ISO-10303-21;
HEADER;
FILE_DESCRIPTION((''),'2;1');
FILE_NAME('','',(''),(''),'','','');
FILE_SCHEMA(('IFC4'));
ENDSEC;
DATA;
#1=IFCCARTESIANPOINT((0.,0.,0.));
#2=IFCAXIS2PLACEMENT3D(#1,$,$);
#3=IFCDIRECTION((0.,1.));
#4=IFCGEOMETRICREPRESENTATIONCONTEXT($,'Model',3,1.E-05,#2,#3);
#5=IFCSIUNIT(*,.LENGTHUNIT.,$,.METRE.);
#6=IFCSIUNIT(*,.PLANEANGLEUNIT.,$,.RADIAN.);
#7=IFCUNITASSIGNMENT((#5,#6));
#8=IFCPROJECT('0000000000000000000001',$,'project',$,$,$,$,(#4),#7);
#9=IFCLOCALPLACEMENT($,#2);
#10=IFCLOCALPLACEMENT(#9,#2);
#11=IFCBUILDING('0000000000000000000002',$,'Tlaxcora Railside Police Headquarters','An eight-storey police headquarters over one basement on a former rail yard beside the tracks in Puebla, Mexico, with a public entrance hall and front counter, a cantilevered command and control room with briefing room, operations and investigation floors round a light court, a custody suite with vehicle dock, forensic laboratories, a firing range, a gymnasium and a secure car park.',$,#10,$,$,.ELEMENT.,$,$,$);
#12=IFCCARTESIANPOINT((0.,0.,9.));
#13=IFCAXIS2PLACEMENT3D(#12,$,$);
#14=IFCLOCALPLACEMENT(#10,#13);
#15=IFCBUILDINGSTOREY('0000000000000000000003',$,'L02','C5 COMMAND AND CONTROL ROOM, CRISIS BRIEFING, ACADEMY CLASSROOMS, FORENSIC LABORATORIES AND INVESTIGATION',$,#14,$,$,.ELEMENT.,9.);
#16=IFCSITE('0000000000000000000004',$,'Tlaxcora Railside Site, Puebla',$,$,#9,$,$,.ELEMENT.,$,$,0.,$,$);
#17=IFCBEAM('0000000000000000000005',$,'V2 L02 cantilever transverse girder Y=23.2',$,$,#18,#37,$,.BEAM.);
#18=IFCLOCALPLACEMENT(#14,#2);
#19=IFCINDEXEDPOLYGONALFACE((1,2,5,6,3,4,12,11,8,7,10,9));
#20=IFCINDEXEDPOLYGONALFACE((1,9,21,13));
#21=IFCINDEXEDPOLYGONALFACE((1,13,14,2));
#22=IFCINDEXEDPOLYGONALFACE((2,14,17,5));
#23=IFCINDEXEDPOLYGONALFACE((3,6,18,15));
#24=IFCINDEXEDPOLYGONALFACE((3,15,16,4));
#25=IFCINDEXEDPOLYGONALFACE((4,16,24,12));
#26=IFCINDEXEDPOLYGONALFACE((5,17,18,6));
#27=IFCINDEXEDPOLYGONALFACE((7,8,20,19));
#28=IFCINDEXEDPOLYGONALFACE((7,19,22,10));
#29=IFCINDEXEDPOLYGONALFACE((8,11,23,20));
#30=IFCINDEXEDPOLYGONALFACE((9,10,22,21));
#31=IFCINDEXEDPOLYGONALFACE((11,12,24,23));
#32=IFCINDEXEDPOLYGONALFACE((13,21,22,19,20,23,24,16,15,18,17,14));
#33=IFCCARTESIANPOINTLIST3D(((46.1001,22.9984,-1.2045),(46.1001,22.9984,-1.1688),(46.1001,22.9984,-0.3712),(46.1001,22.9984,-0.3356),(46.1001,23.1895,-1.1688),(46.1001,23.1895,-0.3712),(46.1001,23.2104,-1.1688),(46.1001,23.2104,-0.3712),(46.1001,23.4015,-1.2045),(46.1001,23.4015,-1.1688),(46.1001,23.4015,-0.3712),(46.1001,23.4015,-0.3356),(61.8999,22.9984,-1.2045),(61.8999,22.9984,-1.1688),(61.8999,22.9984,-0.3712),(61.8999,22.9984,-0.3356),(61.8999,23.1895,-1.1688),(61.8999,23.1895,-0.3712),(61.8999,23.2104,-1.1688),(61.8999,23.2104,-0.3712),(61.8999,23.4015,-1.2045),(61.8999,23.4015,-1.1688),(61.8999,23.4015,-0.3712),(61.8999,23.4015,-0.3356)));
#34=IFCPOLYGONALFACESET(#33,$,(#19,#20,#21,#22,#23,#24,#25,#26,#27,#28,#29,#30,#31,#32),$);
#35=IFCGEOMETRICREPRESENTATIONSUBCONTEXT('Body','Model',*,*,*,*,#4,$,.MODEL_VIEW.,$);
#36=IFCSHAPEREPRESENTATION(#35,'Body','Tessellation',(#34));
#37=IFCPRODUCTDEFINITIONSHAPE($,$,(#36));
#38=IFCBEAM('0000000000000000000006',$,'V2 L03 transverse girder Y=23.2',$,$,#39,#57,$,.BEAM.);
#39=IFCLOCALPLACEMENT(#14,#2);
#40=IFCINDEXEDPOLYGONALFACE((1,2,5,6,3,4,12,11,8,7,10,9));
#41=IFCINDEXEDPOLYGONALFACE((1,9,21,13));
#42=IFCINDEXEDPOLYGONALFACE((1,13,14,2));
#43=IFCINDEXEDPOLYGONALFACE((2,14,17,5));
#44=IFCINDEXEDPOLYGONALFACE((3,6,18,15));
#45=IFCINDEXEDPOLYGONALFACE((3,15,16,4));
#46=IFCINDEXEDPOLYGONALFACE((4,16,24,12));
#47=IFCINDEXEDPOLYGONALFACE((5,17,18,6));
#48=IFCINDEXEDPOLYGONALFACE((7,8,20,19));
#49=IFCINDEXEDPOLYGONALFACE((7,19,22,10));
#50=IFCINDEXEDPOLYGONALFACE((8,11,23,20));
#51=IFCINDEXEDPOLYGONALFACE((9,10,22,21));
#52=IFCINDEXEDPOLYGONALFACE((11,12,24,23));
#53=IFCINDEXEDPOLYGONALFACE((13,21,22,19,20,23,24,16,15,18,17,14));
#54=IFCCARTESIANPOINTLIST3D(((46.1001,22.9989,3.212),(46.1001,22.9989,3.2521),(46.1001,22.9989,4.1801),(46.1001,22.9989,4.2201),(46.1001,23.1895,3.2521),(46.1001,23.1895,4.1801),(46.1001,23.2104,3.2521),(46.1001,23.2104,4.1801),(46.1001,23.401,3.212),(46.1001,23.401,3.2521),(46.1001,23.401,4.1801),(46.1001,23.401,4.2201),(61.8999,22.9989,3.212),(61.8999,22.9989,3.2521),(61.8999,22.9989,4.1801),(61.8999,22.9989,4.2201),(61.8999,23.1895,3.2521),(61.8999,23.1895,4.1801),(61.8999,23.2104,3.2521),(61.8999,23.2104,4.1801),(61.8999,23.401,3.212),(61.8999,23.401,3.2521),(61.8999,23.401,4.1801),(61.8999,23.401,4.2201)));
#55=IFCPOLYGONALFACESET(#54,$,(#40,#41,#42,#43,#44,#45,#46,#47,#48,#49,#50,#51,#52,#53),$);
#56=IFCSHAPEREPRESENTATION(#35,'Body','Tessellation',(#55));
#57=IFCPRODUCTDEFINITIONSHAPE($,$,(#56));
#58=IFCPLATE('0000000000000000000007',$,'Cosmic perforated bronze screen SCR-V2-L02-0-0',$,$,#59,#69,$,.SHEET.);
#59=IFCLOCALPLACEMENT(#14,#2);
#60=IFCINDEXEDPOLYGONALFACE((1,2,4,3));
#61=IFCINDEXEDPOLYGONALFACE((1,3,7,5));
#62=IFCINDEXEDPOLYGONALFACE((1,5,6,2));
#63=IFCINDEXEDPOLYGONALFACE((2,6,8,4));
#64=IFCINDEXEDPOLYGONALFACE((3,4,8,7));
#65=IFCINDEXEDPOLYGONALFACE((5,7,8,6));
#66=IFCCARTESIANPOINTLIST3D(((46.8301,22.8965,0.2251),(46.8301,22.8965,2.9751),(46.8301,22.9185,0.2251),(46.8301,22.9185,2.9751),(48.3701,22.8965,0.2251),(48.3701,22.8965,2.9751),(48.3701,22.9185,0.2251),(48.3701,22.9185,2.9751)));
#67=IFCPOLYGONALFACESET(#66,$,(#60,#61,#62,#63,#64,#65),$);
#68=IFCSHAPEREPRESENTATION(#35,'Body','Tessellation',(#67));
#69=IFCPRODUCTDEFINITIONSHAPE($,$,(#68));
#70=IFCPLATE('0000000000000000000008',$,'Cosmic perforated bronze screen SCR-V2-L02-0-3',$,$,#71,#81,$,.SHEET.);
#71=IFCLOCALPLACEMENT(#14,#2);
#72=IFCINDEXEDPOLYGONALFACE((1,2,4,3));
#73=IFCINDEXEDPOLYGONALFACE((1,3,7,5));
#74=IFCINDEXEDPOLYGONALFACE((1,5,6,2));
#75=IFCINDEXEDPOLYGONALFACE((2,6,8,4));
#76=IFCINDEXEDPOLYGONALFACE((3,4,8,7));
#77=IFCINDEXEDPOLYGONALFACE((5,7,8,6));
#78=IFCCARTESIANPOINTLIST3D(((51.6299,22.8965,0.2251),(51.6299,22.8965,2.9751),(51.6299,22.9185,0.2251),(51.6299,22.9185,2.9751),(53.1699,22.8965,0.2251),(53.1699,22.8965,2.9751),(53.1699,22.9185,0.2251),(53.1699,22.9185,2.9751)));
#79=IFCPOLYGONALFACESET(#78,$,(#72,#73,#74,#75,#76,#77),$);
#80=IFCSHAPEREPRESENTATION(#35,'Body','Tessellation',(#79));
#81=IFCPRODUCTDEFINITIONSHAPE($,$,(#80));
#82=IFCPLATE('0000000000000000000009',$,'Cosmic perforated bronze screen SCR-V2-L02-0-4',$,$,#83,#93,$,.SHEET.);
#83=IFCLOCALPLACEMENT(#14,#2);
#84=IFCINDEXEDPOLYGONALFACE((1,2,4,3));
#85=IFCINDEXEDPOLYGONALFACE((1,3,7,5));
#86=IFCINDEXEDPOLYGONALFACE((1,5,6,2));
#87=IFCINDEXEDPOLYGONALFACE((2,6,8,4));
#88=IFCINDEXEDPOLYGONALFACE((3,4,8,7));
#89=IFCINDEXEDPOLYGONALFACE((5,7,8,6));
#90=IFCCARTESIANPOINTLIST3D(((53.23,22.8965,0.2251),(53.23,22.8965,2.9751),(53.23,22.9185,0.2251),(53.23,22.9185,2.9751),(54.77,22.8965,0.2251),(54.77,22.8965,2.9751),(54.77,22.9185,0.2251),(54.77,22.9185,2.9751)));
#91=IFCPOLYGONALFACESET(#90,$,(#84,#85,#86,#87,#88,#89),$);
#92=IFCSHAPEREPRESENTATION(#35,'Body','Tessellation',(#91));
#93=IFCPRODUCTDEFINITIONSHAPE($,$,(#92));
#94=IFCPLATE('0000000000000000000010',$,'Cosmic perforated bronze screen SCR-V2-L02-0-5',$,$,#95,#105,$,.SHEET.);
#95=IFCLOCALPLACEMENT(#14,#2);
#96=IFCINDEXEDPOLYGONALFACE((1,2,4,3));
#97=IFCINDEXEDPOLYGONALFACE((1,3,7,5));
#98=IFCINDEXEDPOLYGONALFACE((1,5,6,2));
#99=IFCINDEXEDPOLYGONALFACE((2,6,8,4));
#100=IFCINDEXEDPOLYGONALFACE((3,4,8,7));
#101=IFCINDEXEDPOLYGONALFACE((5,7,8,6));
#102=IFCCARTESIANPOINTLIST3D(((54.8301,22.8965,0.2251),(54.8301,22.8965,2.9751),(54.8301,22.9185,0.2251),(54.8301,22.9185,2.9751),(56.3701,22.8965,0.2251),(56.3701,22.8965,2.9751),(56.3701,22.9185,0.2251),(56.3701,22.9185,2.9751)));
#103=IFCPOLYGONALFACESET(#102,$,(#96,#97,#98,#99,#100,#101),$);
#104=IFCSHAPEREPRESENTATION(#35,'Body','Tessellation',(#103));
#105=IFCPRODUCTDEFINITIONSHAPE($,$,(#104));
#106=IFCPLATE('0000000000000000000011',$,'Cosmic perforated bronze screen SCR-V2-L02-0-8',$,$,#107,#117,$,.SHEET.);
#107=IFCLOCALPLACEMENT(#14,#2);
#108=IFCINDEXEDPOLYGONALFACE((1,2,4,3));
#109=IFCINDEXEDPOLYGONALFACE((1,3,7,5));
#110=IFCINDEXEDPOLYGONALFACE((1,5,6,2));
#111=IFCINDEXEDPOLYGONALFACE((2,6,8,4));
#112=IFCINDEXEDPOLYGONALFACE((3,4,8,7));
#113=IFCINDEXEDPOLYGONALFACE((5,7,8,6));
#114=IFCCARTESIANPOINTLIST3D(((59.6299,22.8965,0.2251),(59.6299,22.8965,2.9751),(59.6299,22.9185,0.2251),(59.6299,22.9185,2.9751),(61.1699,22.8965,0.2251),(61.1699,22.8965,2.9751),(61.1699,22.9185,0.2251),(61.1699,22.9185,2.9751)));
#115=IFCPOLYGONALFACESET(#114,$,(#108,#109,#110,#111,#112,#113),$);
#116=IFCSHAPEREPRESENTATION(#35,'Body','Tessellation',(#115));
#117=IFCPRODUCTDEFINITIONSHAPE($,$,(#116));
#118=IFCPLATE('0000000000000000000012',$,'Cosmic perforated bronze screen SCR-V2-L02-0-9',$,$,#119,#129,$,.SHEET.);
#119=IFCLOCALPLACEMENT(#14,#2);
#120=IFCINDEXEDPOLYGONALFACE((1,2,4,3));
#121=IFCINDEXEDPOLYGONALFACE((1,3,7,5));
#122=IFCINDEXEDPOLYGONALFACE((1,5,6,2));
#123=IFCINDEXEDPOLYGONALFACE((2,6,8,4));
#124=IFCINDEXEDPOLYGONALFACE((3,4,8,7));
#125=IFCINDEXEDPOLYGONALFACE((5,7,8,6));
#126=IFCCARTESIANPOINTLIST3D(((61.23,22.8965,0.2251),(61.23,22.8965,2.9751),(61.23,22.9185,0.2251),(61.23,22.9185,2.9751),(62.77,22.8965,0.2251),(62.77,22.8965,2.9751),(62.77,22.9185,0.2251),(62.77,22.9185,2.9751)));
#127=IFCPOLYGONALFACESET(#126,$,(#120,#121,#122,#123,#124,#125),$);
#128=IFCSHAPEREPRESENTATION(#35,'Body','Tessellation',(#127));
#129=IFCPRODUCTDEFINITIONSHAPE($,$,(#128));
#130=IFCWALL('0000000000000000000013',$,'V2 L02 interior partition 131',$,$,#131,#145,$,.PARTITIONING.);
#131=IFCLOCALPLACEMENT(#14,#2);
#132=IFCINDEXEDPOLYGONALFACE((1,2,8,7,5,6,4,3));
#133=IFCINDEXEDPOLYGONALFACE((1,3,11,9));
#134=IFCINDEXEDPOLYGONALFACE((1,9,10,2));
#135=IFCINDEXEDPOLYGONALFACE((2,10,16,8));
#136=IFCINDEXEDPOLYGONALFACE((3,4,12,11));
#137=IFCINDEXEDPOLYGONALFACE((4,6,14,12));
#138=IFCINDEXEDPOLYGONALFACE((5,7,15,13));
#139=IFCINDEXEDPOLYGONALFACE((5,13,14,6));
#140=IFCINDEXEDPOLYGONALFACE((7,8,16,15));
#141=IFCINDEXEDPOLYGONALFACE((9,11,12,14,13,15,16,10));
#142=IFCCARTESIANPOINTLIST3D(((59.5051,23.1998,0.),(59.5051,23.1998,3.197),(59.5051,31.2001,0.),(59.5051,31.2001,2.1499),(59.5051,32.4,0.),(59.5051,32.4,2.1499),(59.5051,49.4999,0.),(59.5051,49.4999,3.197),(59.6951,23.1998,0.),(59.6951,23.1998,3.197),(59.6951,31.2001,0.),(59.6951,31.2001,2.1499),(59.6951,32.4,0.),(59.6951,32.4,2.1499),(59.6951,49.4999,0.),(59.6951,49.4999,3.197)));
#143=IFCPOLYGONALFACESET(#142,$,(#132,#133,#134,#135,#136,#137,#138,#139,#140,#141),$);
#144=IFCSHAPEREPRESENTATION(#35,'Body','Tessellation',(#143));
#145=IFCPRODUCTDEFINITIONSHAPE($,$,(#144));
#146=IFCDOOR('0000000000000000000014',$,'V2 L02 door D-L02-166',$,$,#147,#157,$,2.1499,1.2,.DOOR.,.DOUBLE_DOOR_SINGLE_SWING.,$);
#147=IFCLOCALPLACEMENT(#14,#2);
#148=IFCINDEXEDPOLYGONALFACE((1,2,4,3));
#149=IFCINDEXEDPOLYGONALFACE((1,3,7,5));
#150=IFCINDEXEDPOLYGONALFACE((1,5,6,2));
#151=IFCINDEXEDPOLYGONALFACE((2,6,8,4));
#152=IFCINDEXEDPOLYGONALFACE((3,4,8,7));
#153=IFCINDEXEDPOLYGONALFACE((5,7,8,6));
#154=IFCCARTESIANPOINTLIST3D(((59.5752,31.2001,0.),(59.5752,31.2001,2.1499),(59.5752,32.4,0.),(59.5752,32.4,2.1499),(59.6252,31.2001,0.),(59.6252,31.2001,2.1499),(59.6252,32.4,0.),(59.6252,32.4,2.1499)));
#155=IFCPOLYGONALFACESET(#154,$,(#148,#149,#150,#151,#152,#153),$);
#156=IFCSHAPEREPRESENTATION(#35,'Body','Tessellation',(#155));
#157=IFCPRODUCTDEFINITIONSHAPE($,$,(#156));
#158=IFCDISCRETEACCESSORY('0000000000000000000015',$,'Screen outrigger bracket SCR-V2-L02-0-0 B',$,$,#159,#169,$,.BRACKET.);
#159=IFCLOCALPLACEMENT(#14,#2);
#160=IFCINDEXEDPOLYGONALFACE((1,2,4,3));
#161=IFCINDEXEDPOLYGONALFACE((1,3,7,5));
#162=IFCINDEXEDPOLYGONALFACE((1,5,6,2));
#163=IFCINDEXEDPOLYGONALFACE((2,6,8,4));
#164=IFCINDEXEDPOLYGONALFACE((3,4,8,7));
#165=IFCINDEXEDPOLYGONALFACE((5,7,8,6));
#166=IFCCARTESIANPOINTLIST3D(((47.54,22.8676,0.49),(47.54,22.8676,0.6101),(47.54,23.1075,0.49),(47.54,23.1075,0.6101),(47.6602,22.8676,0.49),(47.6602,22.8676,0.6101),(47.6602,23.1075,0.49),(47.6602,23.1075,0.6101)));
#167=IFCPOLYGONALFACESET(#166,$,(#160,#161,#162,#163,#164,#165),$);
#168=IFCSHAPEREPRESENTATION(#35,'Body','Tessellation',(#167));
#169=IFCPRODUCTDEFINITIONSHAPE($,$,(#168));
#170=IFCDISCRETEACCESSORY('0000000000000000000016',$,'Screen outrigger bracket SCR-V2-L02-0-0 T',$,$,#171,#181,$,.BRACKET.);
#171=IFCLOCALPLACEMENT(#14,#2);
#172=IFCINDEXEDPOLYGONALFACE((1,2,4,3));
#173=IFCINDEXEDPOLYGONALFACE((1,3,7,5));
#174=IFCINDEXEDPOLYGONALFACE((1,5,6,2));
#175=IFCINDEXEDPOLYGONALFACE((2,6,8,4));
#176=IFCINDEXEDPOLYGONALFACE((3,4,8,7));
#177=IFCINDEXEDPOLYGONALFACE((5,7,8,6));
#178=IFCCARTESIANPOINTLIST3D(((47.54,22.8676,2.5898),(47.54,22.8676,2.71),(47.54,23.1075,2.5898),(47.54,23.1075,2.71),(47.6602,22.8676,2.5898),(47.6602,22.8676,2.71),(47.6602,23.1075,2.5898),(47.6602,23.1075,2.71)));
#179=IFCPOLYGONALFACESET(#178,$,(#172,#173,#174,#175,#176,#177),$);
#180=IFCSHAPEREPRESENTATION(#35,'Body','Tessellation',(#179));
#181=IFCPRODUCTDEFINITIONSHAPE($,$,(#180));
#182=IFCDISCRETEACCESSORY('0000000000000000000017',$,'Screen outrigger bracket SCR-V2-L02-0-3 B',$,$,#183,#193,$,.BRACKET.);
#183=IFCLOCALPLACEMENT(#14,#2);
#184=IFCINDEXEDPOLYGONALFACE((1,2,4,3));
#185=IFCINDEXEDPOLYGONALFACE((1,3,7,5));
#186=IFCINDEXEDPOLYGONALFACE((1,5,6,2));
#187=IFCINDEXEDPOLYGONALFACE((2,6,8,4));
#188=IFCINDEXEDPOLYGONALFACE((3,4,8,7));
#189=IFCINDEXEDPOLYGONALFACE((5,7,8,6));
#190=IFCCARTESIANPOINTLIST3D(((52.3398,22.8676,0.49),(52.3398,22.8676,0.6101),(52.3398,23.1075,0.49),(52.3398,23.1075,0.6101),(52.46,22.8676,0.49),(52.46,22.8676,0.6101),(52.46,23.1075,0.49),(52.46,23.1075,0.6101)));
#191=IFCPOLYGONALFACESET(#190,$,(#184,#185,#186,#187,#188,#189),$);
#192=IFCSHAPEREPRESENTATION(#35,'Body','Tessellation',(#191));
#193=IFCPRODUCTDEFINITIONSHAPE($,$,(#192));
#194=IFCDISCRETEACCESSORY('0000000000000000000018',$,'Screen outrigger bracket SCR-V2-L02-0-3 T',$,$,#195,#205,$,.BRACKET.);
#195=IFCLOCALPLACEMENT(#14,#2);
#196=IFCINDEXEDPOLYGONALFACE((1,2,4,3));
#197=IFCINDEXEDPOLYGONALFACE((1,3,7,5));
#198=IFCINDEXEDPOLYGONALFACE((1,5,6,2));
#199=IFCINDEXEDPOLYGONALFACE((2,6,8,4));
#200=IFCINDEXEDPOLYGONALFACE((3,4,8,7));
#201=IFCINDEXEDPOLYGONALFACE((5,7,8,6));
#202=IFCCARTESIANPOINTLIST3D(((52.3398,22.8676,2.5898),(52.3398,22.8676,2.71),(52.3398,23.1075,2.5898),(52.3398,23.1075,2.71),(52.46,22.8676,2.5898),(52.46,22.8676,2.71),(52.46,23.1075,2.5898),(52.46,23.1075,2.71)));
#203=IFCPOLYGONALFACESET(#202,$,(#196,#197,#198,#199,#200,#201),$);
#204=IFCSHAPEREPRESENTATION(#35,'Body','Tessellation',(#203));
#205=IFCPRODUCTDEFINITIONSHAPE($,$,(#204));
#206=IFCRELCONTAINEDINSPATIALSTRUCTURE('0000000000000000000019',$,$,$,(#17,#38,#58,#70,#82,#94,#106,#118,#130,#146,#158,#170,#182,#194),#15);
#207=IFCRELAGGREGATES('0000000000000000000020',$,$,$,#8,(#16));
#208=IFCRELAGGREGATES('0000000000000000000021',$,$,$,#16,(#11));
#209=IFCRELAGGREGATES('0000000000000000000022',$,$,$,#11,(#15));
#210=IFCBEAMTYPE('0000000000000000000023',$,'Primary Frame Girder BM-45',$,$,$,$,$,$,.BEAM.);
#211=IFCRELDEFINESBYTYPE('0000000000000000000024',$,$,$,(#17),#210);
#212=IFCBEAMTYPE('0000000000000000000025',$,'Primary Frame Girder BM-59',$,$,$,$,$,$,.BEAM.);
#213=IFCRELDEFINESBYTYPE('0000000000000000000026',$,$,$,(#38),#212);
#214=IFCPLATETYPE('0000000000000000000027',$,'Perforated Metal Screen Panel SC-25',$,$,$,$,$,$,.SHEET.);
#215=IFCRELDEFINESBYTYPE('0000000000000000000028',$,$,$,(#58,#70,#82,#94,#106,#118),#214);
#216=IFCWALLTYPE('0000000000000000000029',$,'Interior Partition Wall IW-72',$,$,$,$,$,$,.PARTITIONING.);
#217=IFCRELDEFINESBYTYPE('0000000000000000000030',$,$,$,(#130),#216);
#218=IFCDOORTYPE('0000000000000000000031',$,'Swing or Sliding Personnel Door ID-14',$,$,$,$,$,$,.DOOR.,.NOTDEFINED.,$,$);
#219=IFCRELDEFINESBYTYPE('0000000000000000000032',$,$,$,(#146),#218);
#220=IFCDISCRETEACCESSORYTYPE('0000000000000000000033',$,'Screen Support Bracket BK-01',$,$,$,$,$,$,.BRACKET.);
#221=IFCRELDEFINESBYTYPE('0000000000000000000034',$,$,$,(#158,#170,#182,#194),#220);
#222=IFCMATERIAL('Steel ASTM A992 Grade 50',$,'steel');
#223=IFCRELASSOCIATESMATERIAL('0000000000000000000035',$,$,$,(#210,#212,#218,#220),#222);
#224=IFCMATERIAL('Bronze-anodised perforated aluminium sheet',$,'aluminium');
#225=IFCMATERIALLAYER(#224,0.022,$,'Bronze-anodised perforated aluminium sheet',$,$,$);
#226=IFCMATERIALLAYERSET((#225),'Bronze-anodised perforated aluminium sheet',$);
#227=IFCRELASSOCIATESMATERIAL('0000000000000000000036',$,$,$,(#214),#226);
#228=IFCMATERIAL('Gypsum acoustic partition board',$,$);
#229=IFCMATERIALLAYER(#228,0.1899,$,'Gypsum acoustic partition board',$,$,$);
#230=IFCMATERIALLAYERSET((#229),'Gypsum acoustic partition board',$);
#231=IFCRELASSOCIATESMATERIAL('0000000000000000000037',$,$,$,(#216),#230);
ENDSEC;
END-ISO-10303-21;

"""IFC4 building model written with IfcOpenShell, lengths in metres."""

from ifc_helpers import new_model, si_unit, direction, frame, frame_2d, origin, origin_2d, place, context, subcontext, project, spatial, rectangle, i_section, extrude, material, layer, layer_set, material_profile, profile_set, type_object, element, fill, save


model = new_model("IFC4")

# Units and contexts
model_context = context("Model", 3, precision=1e-05, world=origin(), true_north=direction((0.0, 1.0)))
body_context = subcontext(model_context, "Body", "Model", "MODEL_VIEW")
ifc_project = project(units=[si_unit("LENGTHUNIT", "METRE"), si_unit("PLANEANGLEUNIT", "RADIAN")], contexts=[model_context])

# Site, building, storey
site_placement = place(None, origin())
site = spatial("IfcSite", under=ifc_project, at=site_placement, Name="Tlaxcora Railside Site, Puebla", CompositionType="ELEMENT", RefElevation=0.0)
building_placement = place(site_placement, origin())
building = spatial("IfcBuilding", under=site, at=building_placement, Name="Tlaxcora Railside Police Headquarters", Description="An eight-storey police headquarters over one basement on a former rail yard beside the tracks in Puebla, Mexico, with a public entrance hall and front counter, a cantilevered command and control room with briefing room, operations and investigation floors round a light court, a custody suite with vehicle dock, forensic laboratories, a firing range, a gymnasium and a secure car park.", CompositionType="ELEMENT")
storey_placement = place(building_placement, frame((0.0, 0.0, 9.0)))
storey = spatial("IfcBuildingStorey", under=building, at=storey_placement, Name="L02", Description="C5 COMMAND AND CONTROL ROOM, CRISIS BRIEFING, ACADEMY CLASSROOMS, FORENSIC LABORATORIES AND INVESTIGATION", CompositionType="ELEMENT", Elevation=9.0)

# Beams
ifc_material_1 = material(Name="Steel ASTM A992 Grade 50", Category="steel")
ifc_material_profile_1 = material_profile(ifc_material_1, i_section(OverallWidth=0.4031, OverallDepth=0.8689, WebThickness=0.021, FlangeThickness=0.0356, at=origin_2d()), Name="W33X241")
ifc_profile_set_1 = profile_set([ifc_material_profile_1], Name="Steel ASTM A992 Grade 50")
beam_type_1 = type_object("IfcBeamType", Name="Primary Frame Girder BM-45", PredefinedType="BEAM", material=ifc_profile_set_1)
beam_1_placement = place(storey_placement, frame((46.1001, 23.2, -0.77), z_axis=(1.0, 0.0, 0.0), x_axis=(0.0, 1.0, 0.0)))
element("IfcBeam", 1, at=beam_1_placement, inside=storey, type_object=beam_type_1, Name="V2 L02 cantilever transverse girder Y=23.2", PredefinedType="BEAM", context=body_context, shape_type="SweptSolid", body=[
    extrude(i_section(OverallWidth=0.4031, OverallDepth=0.8689, WebThickness=0.021, FlangeThickness=0.0356, at=origin_2d()), origin(), (0.0, 0.0, 1.0), 15.7998),
])
ifc_material_profile_2 = material_profile(ifc_material_1, i_section(OverallWidth=0.4021, OverallDepth=1.0081, WebThickness=0.021, FlangeThickness=0.04, at=origin_2d()), Name="W40X277")
ifc_profile_set_2 = profile_set([ifc_material_profile_2], Name="Steel ASTM A992 Grade 50")
beam_type_2 = type_object("IfcBeamType", Name="Primary Frame Girder BM-59", PredefinedType="BEAM", material=ifc_profile_set_2)
beam_2_placement = place(storey_placement, frame((46.1001, 23.2, 3.7161), z_axis=(1.0, 0.0, 0.0), x_axis=(0.0, 1.0, 0.0)))
element("IfcBeam", 2, at=beam_2_placement, inside=storey, type_object=beam_type_2, Name="V2 L03 transverse girder Y=23.2", PredefinedType="BEAM", context=body_context, shape_type="SweptSolid", body=[
    extrude(i_section(OverallWidth=0.4021, OverallDepth=1.0081, WebThickness=0.021, FlangeThickness=0.04, at=origin_2d()), origin(), (0.0, 0.0, 1.0), 15.7998),
])

# Plates
ifc_material_2 = material(Name="Bronze-anodised perforated aluminium sheet", Category="aluminium")
ifc_layer_1 = layer(ifc_material_2, 0.022, Name="Bronze-anodised perforated aluminium sheet")
ifc_layer_set_1 = layer_set([ifc_layer_1], Name="Bronze-anodised perforated aluminium sheet")
plate_type = type_object("IfcPlateType", Name="Perforated Metal Screen Panel SC-25", PredefinedType="SHEET", material=ifc_layer_set_1)
for number, where, z_axis, x_axis, name in (
    (3, (47.6001, 22.9075, 0.2251), (0.0, 0.0, 1.0), (1.0, 0.0, 0.0), "Cosmic perforated bronze screen SCR-V2-L02-0-0"),
    (4, (52.3999, 22.9075, 0.2251), (0.0, 0.0, 1.0), (1.0, 0.0, 0.0), "Cosmic perforated bronze screen SCR-V2-L02-0-3"),
    (5, (54.0, 22.9075, 0.2251), (0.0, 0.0, 1.0), (1.0, 0.0, 0.0), "Cosmic perforated bronze screen SCR-V2-L02-0-4"),
    (6, (55.6001, 22.9075, 0.2251), (0.0, 0.0, 1.0), (1.0, 0.0, 0.0), "Cosmic perforated bronze screen SCR-V2-L02-0-5"),
    (7, (60.3999, 22.9075, 0.2251), (0.0, 0.0, 1.0), (1.0, 0.0, 0.0), "Cosmic perforated bronze screen SCR-V2-L02-0-8"),
    (8, (62.0, 22.9075, 0.2251), (0.0, 0.0, 1.0), (1.0, 0.0, 0.0), "Cosmic perforated bronze screen SCR-V2-L02-0-9"),
):
    element("IfcPlate", number, at=place(storey_placement, frame(where, z_axis=z_axis, x_axis=x_axis)), inside=storey, type_object=plate_type, Name=name, PredefinedType="SHEET", context=body_context, shape_type="SweptSolid", body=[
        extrude(rectangle(XDim=1.54, YDim=0.022, at=origin_2d()), origin(), (0.0, 0.0, 1.0), 2.75),
    ])

# Wall, opening, door
ifc_material_3 = material(Name="Gypsum acoustic partition board")
ifc_layer_2 = layer(ifc_material_3, 0.1899, Name="Gypsum acoustic partition board")
ifc_layer_set_2 = layer_set([ifc_layer_2], Name="Gypsum acoustic partition board")
wall_type_1 = type_object("IfcWallType", Name="Interior Partition Wall IW-72", PredefinedType="PARTITIONING", material=ifc_layer_set_2)
wall_1_placement = place(storey_placement, frame((59.6001, 23.2, 0.0), z_axis=(0.0, 0.0, 1.0), x_axis=(0.0, 1.0, 0.0)))
wall_1 = element("IfcWall", 9, at=wall_1_placement, inside=storey, type_object=wall_type_1, Name="V2 L02 interior partition 131", PredefinedType="PARTITIONING", context=body_context, shape_type="SweptSolid", body=[
    extrude(rectangle(XDim=26.3, YDim=0.1899, at=frame_2d((13.1499, 0.0))), origin(), (0.0, 0.0, 1.0), 3.197),
])
opening_1_placement = place(wall_1_placement, frame((8.0, 0.0, 0.0)))
opening_1 = element("IfcOpeningElement", 10, at=opening_1_placement, cuts=wall_1, PredefinedType="OPENING", context=body_context, shape_type="SweptSolid", body=[
    extrude(rectangle(XDim=1.2, YDim=2.1499, at=frame_2d((0.6001, 1.075))), frame((0.0, 0.105, 0.0), z_axis=(0.0, -1.0, 0.0), x_axis=(1.0, 0.0, 0.0)), (0.0, 0.0, 1.0), 0.21),
])
door_type = type_object("IfcDoorType", Name="Swing or Sliding Personnel Door ID-14", OperationType="NOTDEFINED", PredefinedType="DOOR", material=ifc_material_1)
door_placement = place(opening_1_placement, origin())
door = element("IfcDoor", 11, at=door_placement, inside=storey, type_object=door_type, Name="V2 L02 door D-L02-166", OperationType="DOUBLE_DOOR_SINGLE_SWING", OverallHeight=2.1499, OverallWidth=1.2, PredefinedType="DOOR", context=body_context, shape_type="SweptSolid", body=[
    extrude(rectangle(XDim=1.2, YDim=2.1499, at=frame_2d((0.6001, 1.075))), frame((0.0, 0.0249, 0.0), z_axis=(0.0, -1.0, 0.0), x_axis=(1.0, 0.0, 0.0)), (0.0, 0.0, 1.0), 0.05),
])
fill(opening_1, door)

# Discrete accessories
discrete_accessory_type = type_object("IfcDiscreteAccessoryType", Name="Screen Support Bracket BK-01", PredefinedType="BRACKET", material=ifc_material_1)
for number, where, z_axis, x_axis, name in (
    (12, (47.6001, 22.9875, 0.49), (0.0, 0.0, 1.0), (1.0, 0.0, 0.0), "Screen outrigger bracket SCR-V2-L02-0-0 B"),
    (13, (47.6001, 22.9875, 2.5898), (0.0, 0.0, 1.0), (1.0, 0.0, 0.0), "Screen outrigger bracket SCR-V2-L02-0-0 T"),
    (14, (52.3999, 22.9875, 0.49), (0.0, 0.0, 1.0), (1.0, 0.0, 0.0), "Screen outrigger bracket SCR-V2-L02-0-3 B"),
    (15, (52.3999, 22.9875, 2.5898), (0.0, 0.0, 1.0), (1.0, 0.0, 0.0), "Screen outrigger bracket SCR-V2-L02-0-3 T"),
):
    element("IfcDiscreteAccessory", number, at=place(storey_placement, frame(where, z_axis=z_axis, x_axis=x_axis)), inside=storey, type_object=discrete_accessory_type, Name=name, PredefinedType="BRACKET", context=body_context, shape_type="SweptSolid", body=[
        extrude(rectangle(XDim=0.1201, YDim=0.24, at=origin_2d()), origin(), (0.0, 0.0, 1.0), 0.1201),
    ])

save(model, "model.ifc")
